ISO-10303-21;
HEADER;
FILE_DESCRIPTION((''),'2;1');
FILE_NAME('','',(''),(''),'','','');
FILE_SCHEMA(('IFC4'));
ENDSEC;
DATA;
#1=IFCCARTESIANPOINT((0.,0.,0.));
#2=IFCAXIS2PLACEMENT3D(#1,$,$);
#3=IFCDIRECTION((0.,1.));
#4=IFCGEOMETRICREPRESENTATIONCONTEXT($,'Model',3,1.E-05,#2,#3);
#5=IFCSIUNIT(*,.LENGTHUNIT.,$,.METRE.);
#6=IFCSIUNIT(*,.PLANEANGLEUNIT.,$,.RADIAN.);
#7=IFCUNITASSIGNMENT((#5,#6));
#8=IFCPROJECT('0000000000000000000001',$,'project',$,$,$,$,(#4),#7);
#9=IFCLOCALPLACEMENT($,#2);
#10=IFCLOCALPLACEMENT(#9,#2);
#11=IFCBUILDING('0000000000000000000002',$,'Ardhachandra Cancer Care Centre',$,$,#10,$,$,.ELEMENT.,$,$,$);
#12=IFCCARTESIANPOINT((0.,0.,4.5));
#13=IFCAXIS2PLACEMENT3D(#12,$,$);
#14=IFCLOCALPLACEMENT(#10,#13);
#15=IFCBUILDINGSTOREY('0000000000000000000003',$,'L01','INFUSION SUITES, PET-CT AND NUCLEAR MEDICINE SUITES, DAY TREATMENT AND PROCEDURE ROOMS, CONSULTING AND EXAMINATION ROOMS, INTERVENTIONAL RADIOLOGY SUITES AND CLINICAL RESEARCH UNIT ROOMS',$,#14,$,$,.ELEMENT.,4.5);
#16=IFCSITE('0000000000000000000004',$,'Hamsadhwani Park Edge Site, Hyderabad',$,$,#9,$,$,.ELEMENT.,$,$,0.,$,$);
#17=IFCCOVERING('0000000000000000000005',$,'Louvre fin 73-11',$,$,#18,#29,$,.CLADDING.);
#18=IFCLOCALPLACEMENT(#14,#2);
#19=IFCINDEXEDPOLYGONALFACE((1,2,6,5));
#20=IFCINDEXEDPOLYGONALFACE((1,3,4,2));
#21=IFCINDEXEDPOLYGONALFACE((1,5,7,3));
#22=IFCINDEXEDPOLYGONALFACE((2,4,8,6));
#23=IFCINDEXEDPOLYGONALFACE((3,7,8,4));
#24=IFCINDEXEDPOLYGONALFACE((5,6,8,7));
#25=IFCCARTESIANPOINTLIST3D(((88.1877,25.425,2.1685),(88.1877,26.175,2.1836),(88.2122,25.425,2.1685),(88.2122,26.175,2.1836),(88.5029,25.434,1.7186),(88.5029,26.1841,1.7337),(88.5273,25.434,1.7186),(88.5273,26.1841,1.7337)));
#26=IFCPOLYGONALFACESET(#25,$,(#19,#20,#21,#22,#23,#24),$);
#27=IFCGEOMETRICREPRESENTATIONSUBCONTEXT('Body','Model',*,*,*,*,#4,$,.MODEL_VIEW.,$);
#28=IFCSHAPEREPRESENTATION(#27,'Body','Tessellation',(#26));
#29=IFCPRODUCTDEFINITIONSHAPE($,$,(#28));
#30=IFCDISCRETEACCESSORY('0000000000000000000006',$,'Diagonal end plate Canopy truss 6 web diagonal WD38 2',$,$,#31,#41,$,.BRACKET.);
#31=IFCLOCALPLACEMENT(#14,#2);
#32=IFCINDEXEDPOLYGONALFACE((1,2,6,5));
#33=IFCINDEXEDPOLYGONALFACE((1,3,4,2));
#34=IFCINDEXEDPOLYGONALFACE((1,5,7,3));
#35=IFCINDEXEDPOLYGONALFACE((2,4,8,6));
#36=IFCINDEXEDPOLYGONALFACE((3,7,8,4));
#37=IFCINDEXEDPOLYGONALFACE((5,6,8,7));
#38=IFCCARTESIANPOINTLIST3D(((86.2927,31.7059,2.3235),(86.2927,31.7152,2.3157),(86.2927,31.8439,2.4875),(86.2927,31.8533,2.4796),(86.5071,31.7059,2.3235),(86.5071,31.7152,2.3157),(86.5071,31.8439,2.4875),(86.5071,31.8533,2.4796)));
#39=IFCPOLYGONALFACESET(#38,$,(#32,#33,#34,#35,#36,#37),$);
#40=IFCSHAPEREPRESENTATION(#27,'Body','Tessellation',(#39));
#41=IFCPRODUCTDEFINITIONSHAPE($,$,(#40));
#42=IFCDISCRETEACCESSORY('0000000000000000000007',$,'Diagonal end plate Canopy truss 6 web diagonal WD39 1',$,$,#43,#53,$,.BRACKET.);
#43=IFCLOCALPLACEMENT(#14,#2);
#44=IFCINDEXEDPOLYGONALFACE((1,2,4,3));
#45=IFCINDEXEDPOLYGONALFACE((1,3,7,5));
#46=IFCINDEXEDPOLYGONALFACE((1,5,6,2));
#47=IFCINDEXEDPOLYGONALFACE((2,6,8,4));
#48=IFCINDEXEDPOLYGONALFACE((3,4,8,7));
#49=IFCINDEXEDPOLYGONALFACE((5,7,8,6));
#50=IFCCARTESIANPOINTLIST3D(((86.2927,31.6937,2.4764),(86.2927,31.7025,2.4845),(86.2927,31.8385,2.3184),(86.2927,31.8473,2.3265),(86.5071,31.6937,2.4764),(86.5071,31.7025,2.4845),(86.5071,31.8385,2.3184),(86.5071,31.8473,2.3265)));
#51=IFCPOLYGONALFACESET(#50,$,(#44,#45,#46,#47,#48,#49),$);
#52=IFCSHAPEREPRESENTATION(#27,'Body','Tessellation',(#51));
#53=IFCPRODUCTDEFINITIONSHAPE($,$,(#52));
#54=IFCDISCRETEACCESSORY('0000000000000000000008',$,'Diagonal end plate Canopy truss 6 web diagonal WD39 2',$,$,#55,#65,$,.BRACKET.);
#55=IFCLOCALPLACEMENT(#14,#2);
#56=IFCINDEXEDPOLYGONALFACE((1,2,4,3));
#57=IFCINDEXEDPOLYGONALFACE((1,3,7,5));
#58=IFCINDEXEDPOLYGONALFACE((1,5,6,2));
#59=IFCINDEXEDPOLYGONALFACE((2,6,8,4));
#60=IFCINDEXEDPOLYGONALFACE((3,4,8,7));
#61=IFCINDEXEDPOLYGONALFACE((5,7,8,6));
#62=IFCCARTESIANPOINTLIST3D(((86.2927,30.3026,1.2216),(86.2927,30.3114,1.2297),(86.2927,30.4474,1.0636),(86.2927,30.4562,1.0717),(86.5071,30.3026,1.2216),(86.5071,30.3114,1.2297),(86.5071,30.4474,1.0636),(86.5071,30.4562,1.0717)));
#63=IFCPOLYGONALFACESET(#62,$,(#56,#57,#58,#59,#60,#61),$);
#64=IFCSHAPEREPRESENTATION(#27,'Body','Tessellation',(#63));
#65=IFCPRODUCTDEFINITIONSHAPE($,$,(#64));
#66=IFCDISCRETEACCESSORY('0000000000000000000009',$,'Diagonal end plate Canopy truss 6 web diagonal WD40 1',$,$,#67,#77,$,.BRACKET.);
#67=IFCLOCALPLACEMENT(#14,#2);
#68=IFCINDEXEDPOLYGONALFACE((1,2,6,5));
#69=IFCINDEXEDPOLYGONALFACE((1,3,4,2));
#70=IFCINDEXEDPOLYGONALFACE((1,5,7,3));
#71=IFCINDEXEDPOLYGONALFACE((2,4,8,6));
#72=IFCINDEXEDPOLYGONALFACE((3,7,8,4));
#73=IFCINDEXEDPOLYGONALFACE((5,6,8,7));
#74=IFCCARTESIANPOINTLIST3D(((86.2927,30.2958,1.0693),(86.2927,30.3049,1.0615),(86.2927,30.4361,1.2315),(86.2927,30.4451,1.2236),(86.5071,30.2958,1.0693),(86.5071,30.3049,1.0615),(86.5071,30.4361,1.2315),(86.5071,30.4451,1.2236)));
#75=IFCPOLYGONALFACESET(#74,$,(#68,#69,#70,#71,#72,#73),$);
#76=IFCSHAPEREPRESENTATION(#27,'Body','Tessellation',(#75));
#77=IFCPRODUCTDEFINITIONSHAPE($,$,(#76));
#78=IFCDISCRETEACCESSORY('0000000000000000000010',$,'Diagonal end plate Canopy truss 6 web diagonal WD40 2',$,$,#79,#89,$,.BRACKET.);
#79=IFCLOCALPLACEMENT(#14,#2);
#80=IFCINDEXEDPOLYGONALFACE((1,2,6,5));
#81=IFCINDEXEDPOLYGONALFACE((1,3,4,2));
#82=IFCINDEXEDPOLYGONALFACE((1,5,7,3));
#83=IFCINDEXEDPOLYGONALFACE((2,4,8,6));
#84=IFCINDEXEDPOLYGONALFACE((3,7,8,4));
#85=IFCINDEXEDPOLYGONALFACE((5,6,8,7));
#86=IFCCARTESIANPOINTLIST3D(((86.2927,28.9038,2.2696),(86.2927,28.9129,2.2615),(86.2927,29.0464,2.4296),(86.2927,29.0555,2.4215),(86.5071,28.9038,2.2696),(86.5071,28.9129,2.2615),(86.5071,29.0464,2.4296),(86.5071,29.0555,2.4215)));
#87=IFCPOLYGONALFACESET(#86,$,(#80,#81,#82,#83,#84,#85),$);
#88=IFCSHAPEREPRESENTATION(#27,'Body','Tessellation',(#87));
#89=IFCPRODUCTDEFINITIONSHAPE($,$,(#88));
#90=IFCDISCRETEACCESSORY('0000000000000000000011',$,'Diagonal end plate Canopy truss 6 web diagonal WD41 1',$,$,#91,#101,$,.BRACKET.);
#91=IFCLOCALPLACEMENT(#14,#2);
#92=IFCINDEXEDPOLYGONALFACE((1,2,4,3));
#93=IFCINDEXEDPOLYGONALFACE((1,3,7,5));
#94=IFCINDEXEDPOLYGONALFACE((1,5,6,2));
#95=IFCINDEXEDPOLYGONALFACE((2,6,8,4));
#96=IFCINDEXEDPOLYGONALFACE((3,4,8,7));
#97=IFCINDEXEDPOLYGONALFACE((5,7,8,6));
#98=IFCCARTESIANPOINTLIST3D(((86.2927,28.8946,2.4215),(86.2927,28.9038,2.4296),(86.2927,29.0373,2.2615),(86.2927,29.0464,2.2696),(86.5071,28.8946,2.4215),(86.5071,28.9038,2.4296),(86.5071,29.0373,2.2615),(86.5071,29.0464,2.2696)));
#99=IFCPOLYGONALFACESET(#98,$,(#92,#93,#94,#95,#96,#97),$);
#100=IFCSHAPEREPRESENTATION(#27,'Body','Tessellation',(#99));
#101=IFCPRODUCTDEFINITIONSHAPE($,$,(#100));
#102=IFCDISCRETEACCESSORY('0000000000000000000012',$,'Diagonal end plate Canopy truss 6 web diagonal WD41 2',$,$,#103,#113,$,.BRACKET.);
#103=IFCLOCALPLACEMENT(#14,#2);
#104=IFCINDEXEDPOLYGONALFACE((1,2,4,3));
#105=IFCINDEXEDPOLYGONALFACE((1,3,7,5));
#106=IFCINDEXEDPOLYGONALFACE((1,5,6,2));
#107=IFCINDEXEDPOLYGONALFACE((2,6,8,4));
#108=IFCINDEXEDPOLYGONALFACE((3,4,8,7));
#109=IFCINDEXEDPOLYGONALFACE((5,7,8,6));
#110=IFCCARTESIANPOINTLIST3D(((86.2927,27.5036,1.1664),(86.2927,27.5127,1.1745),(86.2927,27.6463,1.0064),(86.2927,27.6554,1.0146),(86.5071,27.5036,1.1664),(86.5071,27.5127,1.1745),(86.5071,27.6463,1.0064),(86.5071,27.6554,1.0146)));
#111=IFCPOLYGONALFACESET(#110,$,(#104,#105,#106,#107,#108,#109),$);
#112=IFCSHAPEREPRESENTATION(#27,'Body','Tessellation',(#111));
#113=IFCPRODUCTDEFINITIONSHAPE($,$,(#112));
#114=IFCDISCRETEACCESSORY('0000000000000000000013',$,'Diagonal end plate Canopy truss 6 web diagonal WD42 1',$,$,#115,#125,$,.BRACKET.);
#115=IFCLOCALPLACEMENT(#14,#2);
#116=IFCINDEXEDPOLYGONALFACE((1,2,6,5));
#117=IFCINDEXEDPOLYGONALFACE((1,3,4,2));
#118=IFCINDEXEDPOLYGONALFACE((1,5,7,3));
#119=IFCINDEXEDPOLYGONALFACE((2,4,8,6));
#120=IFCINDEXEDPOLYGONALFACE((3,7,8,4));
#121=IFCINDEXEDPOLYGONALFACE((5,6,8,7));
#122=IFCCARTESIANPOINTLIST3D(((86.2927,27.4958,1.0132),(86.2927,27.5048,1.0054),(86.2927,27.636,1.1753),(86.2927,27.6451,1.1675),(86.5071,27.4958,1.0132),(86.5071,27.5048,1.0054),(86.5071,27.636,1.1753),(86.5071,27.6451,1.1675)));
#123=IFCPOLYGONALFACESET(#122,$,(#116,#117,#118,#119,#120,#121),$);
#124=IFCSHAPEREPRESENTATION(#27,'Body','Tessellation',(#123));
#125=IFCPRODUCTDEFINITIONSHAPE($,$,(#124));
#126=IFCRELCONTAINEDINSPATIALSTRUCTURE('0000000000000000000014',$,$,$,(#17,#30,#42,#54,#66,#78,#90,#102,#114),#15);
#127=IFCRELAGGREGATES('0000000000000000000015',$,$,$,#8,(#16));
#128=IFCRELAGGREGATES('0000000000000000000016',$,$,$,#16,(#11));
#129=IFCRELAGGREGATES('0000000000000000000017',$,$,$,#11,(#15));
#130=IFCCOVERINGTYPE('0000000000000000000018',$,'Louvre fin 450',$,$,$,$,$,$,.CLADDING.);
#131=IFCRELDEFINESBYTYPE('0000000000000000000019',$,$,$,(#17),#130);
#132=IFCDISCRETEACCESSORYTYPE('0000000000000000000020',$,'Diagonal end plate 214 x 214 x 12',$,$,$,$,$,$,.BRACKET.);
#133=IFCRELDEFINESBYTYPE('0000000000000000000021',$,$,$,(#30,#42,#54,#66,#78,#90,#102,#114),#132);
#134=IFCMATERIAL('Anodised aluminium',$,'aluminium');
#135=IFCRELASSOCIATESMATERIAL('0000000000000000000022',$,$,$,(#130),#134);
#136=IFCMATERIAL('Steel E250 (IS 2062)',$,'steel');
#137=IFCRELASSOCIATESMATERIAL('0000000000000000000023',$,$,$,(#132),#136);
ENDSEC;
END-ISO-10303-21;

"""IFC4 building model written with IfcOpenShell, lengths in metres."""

from ifc_helpers import new_model, si_unit, direction, frame, origin, origin_2d, place, context, subcontext, project, spatial, polyline, rectangle, outline, extrude, material, material_profile, profile_set, type_object, element, save


model = new_model("IFC4")

# Units and contexts
model_context = context("Model", 3, precision=1e-05, world=origin(), true_north=direction((0.0, 1.0)))
body_context = subcontext(model_context, "Body", "Model", "MODEL_VIEW")
ifc_project = project(units=[si_unit("LENGTHUNIT", "METRE"), si_unit("PLANEANGLEUNIT", "RADIAN")], contexts=[model_context])

# Site, building, storey
site_placement = place(None, origin())
site = spatial("IfcSite", under=ifc_project, at=site_placement, Name="Hamsadhwani Park Edge Site, Hyderabad", CompositionType="ELEMENT", RefElevation=0.0)
building_placement = place(site_placement, origin())
building = spatial("IfcBuilding", under=site, at=building_placement, Name="Ardhachandra Cancer Care Centre", CompositionType="ELEMENT")
storey_placement = place(building_placement, frame((0.0, 0.0, 4.5)))
storey = spatial("IfcBuildingStorey", under=building, at=storey_placement, Name="L01", Description="INFUSION SUITES, PET-CT AND NUCLEAR MEDICINE SUITES, DAY TREATMENT AND PROCEDURE ROOMS, CONSULTING AND EXAMINATION ROOMS, INTERVENTIONAL RADIOLOGY SUITES AND CLINICAL RESEARCH UNIT ROOMS", CompositionType="ELEMENT", Elevation=4.5)

# Covering
ifc_material_1 = material(Name="Anodised aluminium", Category="aluminium")
ifc_material_profile_1 = material_profile(ifc_material_1, outline(polyline([(-0.0122, 0.0), (0.0122, 0.0), (0.3274, -0.45), (0.303, -0.45), (-0.0122, 0.0)])), Name="Louvre fin 450")
ifc_profile_set_1 = profile_set([ifc_material_profile_1], Name="Anodised aluminium")
covering_type = type_object("IfcCoveringType", Name="Louvre fin 450", PredefinedType="CLADDING", material=ifc_profile_set_1)
covering_1_placement = place(storey_placement, frame((88.2, 26.175, 2.1836), z_axis=(0.0, -0.999796, -0.020178), x_axis=(1.0, 0.0, 0.0)))
element("IfcCovering", 1, at=covering_1_placement, inside=storey, type_object=covering_type, Name="Louvre fin 73-11", PredefinedType="CLADDING", context=body_context, shape_type="SweptSolid", body=[
    extrude(outline(polyline([(-0.0122, 0.0), (0.0122, 0.0), (0.3274, -0.45), (0.303, -0.45), (-0.0122, 0.0)])), origin(), (0.0, 0.0, 1.0), 0.7502),
])

# Discrete accessories
ifc_material_2 = material(Name="Steel E250 (IS 2062)", Category="steel")
ifc_material_profile_2 = material_profile(ifc_material_2, rectangle(XDim=0.2144, YDim=0.2144, at=origin_2d()), Name="PL 214x214x12")
ifc_profile_set_2 = profile_set([ifc_material_profile_2], Name="Steel E250 (IS 2062)")
discrete_accessory_type = type_object("IfcDiscreteAccessoryType", Name="Diagonal end plate 214 x 214 x 12", PredefinedType="BRACKET", material=ifc_profile_set_2)
discrete_accessory_1_placement = place(storey_placement, frame((86.3999, 31.7749, 2.4055), z_axis=(0.0, 0.764911, -0.644136), x_axis=(-1.0, 0.0, 0.0)))
element("IfcDiscreteAccessory", 2, at=discrete_accessory_1_placement, inside=storey, type_object=discrete_accessory_type, Name="Diagonal end plate Canopy truss 6 web diagonal WD38 2", PredefinedType="BRACKET", context=body_context, shape_type="SweptSolid", body=[
    extrude(rectangle(XDim=0.2144, YDim=0.2144, at=origin_2d()), origin(), (0.0, 0.0, 1.0), 0.0122),
])
for number, where, z_axis, x_axis, name in (
    (3, (86.3999, 31.7749, 2.4055), (0.0, -0.737154, -0.675725), (1.0, 0.0, 0.0), "Diagonal end plate Canopy truss 6 web diagonal WD39 1"),
    (4, (86.3999, 30.375, 1.1426), (0.0, 0.737154, 0.675725), (-1.0, 0.0, 0.0), "Diagonal end plate Canopy truss 6 web diagonal WD39 2"),
    (5, (86.3999, 30.375, 1.1426), (0.0, -0.756363, 0.654152), (1.0, 0.0, 0.0), "Diagonal end plate Canopy truss 6 web diagonal WD40 1"),
):
    element("IfcDiscreteAccessory", number, at=place(storey_placement, frame(where, z_axis=z_axis, x_axis=x_axis)), inside=storey, type_object=discrete_accessory_type, Name=name, PredefinedType="BRACKET", context=body_context, shape_type="SweptSolid", body=[
        extrude(rectangle(XDim=0.2144, YDim=0.2144, at=origin_2d()), origin(), (0.0, 0.0, 1.0), 0.012),
    ])
for number, where, z_axis, x_axis, name in (
    (6, (86.3999, 28.9751, 2.3496), (0.0, 0.746295, -0.665615), (-1.0, 0.0, 0.0), "Diagonal end plate Canopy truss 6 web diagonal WD40 2"),
    (7, (86.3999, 28.9751, 2.3496), (0.0, -0.746295, -0.665615), (1.0, 0.0, 0.0), "Diagonal end plate Canopy truss 6 web diagonal WD41 1"),
    (8, (86.3999, 27.575, 1.0864), (0.0, 0.746295, 0.665615), (-1.0, 0.0, 0.0), "Diagonal end plate Canopy truss 6 web diagonal WD41 2"),
):
    element("IfcDiscreteAccessory", number, at=place(storey_placement, frame(where, z_axis=z_axis, x_axis=x_axis)), inside=storey, type_object=discrete_accessory_type, Name=name, PredefinedType="BRACKET", context=body_context, shape_type="SweptSolid", body=[
        extrude(rectangle(XDim=0.2144, YDim=0.2144, at=origin_2d()), origin(), (0.0, 0.0, 1.0), 0.0122),
    ])
discrete_accessory_2_placement = place(storey_placement, frame((86.3999, 27.575, 1.0864), z_axis=(0.0, -0.756363, 0.654152), x_axis=(1.0, 0.0, 0.0)))
element("IfcDiscreteAccessory", 9, at=discrete_accessory_2_placement, inside=storey, type_object=discrete_accessory_type, Name="Diagonal end plate Canopy truss 6 web diagonal WD42 1", PredefinedType="BRACKET", context=body_context, shape_type="SweptSolid", body=[
    extrude(rectangle(XDim=0.2144, YDim=0.2144, at=origin_2d()), origin(), (0.0, 0.0, 1.0), 0.012),
])

save(model, "model.ifc")
